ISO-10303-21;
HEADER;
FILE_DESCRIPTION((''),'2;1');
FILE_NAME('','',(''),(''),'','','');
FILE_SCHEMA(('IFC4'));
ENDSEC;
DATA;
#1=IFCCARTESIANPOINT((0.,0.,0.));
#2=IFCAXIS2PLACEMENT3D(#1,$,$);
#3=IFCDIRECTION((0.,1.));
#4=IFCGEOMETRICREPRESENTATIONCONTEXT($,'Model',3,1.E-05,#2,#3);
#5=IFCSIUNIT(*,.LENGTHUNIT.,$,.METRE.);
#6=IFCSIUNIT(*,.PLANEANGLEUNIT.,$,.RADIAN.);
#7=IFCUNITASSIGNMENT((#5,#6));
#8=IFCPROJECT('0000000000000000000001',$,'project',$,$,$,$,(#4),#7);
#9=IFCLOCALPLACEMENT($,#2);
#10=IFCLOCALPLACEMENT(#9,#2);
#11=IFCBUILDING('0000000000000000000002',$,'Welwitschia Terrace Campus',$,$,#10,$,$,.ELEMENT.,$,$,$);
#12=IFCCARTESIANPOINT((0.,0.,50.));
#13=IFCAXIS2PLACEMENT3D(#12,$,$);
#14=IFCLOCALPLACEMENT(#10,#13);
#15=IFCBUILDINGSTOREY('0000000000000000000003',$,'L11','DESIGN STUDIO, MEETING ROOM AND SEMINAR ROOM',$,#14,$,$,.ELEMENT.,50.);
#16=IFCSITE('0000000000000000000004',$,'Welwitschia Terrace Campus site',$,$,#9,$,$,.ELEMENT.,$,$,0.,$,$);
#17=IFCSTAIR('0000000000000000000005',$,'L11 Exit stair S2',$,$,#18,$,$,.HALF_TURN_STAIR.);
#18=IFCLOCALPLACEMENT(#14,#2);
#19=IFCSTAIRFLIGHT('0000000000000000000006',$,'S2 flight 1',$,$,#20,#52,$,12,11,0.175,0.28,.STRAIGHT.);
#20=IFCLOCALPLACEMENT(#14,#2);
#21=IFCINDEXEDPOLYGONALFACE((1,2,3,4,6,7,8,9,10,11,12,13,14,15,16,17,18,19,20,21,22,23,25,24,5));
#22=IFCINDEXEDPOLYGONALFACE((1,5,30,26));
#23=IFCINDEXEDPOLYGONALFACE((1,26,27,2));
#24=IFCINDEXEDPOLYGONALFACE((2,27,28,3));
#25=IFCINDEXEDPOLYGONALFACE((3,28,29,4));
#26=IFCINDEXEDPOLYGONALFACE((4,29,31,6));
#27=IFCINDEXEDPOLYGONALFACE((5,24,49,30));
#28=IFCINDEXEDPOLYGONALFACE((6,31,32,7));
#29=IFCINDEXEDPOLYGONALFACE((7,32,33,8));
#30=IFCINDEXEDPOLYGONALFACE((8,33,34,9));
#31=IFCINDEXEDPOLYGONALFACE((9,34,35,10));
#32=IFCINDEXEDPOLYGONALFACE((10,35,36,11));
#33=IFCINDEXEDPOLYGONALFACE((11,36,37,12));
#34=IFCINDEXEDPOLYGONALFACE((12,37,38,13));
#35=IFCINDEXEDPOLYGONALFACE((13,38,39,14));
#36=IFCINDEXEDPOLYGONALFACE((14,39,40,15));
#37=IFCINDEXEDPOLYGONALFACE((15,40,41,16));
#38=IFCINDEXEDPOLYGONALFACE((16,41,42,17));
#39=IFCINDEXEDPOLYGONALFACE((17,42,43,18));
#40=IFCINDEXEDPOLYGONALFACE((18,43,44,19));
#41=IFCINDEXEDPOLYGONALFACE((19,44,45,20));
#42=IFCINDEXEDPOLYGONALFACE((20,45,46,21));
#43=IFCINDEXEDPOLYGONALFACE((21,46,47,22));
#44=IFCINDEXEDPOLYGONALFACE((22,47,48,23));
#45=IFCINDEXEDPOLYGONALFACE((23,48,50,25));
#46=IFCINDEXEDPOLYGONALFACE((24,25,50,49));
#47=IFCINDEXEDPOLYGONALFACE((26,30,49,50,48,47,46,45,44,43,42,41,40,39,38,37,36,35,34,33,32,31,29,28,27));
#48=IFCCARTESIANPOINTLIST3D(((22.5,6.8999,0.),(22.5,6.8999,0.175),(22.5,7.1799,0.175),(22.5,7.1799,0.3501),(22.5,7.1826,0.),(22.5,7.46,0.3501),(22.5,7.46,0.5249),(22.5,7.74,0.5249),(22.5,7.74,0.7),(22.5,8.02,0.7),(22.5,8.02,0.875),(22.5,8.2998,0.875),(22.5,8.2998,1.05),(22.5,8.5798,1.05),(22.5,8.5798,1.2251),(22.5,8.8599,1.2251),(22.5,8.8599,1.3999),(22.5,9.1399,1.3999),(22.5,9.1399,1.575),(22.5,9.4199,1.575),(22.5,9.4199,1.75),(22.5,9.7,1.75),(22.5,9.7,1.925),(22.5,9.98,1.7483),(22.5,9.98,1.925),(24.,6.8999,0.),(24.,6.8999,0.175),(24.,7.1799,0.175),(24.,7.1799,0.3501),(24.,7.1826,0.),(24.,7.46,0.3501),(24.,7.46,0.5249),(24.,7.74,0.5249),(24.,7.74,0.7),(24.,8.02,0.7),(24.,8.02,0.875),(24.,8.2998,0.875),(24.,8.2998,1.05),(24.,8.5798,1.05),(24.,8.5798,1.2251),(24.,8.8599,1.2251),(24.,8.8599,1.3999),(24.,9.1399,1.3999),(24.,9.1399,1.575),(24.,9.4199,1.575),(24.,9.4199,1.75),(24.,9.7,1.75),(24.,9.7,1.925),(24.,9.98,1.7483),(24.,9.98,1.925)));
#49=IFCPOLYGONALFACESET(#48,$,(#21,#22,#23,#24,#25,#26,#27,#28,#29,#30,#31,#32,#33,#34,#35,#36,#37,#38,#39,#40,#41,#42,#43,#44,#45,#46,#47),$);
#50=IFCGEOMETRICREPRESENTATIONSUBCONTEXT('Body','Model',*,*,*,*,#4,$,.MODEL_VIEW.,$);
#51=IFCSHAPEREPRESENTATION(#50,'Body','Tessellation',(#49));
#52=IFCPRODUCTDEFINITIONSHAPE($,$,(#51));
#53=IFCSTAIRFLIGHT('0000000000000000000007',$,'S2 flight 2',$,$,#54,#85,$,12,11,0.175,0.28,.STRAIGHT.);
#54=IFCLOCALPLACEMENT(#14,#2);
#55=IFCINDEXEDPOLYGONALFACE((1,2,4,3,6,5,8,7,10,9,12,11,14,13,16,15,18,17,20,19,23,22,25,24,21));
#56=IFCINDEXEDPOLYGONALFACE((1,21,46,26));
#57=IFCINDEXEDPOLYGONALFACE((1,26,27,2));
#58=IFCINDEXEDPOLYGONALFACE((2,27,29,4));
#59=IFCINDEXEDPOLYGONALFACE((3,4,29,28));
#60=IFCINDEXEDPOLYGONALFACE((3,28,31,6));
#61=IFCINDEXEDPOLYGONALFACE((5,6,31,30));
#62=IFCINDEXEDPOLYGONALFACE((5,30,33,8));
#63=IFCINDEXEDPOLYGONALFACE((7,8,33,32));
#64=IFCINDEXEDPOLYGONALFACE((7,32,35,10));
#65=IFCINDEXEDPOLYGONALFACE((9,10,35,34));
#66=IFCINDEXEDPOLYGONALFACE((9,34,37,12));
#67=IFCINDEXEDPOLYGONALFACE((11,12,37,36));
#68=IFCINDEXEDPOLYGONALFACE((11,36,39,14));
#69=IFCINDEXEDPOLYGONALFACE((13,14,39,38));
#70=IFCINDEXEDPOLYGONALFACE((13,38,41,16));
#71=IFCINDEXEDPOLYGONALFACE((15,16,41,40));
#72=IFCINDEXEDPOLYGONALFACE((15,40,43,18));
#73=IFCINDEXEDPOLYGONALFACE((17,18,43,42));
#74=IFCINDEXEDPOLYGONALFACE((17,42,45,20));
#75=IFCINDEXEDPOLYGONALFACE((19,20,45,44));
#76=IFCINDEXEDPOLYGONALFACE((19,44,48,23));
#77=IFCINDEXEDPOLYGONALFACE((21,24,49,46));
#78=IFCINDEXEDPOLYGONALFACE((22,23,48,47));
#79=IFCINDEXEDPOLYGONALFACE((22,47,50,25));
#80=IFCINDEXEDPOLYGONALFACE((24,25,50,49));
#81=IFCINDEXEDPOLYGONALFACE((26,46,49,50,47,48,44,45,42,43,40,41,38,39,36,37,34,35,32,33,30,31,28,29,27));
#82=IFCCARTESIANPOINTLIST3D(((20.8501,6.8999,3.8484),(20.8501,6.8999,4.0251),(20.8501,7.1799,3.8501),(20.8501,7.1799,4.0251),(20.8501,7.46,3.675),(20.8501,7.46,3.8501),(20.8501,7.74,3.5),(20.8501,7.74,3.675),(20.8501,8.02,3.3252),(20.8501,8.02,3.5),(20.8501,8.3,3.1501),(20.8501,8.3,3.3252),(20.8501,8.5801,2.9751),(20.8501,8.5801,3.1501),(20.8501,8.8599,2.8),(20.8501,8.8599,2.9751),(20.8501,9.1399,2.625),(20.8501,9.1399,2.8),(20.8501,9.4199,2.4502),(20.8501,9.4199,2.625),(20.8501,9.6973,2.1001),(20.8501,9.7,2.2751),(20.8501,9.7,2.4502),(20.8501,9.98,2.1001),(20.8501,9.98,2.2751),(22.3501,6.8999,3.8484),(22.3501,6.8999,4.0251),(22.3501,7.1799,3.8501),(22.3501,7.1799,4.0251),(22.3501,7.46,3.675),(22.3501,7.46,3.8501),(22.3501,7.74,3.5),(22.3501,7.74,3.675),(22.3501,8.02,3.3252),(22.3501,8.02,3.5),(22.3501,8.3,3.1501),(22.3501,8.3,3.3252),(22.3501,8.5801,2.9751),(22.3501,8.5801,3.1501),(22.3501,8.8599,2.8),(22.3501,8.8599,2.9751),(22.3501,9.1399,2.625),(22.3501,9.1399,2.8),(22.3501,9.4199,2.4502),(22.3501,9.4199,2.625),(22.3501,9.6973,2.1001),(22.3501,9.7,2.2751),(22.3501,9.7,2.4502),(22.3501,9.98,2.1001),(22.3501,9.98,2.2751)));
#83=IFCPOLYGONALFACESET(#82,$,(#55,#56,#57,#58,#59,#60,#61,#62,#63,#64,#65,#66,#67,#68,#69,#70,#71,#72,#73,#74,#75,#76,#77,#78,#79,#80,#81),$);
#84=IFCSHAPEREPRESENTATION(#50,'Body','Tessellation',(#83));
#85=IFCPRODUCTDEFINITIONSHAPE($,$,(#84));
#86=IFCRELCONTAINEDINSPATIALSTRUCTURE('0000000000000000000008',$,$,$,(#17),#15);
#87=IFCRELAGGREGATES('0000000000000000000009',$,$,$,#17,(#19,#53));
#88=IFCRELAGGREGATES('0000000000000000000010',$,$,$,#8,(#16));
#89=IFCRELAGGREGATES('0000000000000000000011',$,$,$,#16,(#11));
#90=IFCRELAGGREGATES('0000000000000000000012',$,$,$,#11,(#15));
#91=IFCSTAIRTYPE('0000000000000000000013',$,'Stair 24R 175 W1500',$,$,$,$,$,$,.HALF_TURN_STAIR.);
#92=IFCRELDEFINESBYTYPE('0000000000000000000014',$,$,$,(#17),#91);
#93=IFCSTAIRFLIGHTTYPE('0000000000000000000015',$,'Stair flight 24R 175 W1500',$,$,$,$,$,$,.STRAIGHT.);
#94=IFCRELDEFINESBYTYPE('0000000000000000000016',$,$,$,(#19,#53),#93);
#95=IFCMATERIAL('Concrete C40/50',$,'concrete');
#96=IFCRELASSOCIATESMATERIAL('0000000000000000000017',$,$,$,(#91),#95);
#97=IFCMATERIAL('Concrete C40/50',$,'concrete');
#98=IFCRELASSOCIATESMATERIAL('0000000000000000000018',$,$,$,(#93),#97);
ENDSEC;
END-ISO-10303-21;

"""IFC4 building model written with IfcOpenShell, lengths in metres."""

from ifc_helpers import new_model, si_unit, direction, frame, origin, place, context, subcontext, project, spatial, polyline, outline, extrude, material, type_object, element, aggregate, save


model = new_model("IFC4")

# Units and contexts
model_context = context("Model", 3, precision=1e-05, world=origin(), true_north=direction((0.0, 1.0)))
body_context = subcontext(model_context, "Body", "Model", "MODEL_VIEW")
ifc_project = project(units=[si_unit("LENGTHUNIT", "METRE"), si_unit("PLANEANGLEUNIT", "RADIAN")], contexts=[model_context])

# Site, building, storey
site_placement = place(None, origin())
site = spatial("IfcSite", under=ifc_project, at=site_placement, Name="Welwitschia Terrace Campus site", CompositionType="ELEMENT", RefElevation=0.0)
building_placement = place(site_placement, origin())
building = spatial("IfcBuilding", under=site, at=building_placement, Name="Welwitschia Terrace Campus", CompositionType="ELEMENT")
storey_placement = place(building_placement, frame((0.0, 0.0, 50.0)))
storey = spatial("IfcBuildingStorey", under=building, at=storey_placement, Name="L11", Description="DESIGN STUDIO, MEETING ROOM AND SEMINAR ROOM", CompositionType="ELEMENT", Elevation=50.0)

# Shared definitions
ifc_material_1 = material(Name="Concrete C40/50", Category="concrete")
stair_type = type_object("IfcStairType", Name="Stair 24R 175 W1500", PredefinedType="HALF_TURN_STAIR", material=ifc_material_1)
ifc_material_2 = material(Name="Concrete C40/50", Category="concrete")
stair_flight_type = type_object("IfcStairFlightType", Name="Stair flight 24R 175 W1500", PredefinedType="STRAIGHT", material=ifc_material_2)

# Stair, stair flights
stair_1_placement = place(storey_placement, origin())
stair_1 = element("IfcStair", 1, at=stair_1_placement, inside=storey, type_object=stair_type, Name="L11 Exit stair S2", PredefinedType="HALF_TURN_STAIR")
stair_flight_1_placement = place(storey_placement, frame((23.25, 6.8999, 0.0), z_axis=(0.0, 0.0, 1.0), x_axis=(0.0, 1.0, 0.0)))
stair_flight_1 = element("IfcStairFlight", 2, at=stair_flight_1_placement, type_object=stair_flight_type, Name="S2 flight 1", NumberOfRisers=12, NumberOfTreads=11, PredefinedType="STRAIGHT", RiserHeight=0.175, TreadLength=0.28, context=body_context, shape_type="SweptSolid", body=[
    extrude(outline(polyline([(0.0, 0.0), (0.0, 0.175), (0.28, 0.175), (0.28, 0.3501), (0.5601, 0.3501), (0.5601, 0.5249), (0.8401, 0.5249), (0.8401, 0.7), (1.1201, 0.7), (1.1201, 0.875), (1.3999, 0.875), (1.3999, 1.05), (1.6799, 1.05), (1.6799, 1.2251), (1.96, 1.2251), (1.96, 1.3999), (2.24, 1.3999), (2.24, 1.575), (2.52, 1.575), (2.52, 1.75), (2.8, 1.75), (2.8, 1.925), (3.0801, 1.925), (3.0801, 2.1001), (3.0801, 1.7483), (0.2827, 0.0), (0.0, 0.0)])), frame((0.0, 0.75, 0.0), z_axis=(0.0, -1.0, 0.0), x_axis=(1.0, 0.0, 0.0)), (0.0, 0.0, 1.0), 1.5),
])
stair_flight_2_placement = place(storey_placement, frame((21.6001, 9.98, 2.1001), z_axis=(0.0, 0.0, 1.0), x_axis=(0.0, -1.0, 0.0)))
stair_flight_2 = element("IfcStairFlight", 3, at=stair_flight_2_placement, type_object=stair_flight_type, Name="S2 flight 2", NumberOfRisers=12, NumberOfTreads=11, PredefinedType="STRAIGHT", RiserHeight=0.175, TreadLength=0.28, context=body_context, shape_type="SweptSolid", body=[
    extrude(outline(polyline([(0.0, 0.0), (0.0, 0.175), (0.28, 0.175), (0.28, 0.3501), (0.5601, 0.3501), (0.5601, 0.5249), (0.8401, 0.5249), (0.8401, 0.7), (1.1201, 0.7), (1.1201, 0.875), (1.3999, 0.875), (1.3999, 1.05), (1.6799, 1.05), (1.6799, 1.2251), (1.96, 1.2251), (1.96, 1.3999), (2.24, 1.3999), (2.24, 1.575), (2.52, 1.575), (2.52, 1.75), (2.8, 1.75), (2.8, 1.925), (3.0801, 1.925), (3.0801, 2.1001), (3.0801, 1.7483), (0.2827, 0.0), (0.0, 0.0)])), frame((0.0, 0.75, 0.0), z_axis=(0.0, -1.0, 0.0), x_axis=(1.0, 0.0, 0.0)), (0.0, 0.0, 1.0), 1.5),
])
aggregate(stair_1, [stair_flight_1, stair_flight_2])

save(model, "model.ifc")
